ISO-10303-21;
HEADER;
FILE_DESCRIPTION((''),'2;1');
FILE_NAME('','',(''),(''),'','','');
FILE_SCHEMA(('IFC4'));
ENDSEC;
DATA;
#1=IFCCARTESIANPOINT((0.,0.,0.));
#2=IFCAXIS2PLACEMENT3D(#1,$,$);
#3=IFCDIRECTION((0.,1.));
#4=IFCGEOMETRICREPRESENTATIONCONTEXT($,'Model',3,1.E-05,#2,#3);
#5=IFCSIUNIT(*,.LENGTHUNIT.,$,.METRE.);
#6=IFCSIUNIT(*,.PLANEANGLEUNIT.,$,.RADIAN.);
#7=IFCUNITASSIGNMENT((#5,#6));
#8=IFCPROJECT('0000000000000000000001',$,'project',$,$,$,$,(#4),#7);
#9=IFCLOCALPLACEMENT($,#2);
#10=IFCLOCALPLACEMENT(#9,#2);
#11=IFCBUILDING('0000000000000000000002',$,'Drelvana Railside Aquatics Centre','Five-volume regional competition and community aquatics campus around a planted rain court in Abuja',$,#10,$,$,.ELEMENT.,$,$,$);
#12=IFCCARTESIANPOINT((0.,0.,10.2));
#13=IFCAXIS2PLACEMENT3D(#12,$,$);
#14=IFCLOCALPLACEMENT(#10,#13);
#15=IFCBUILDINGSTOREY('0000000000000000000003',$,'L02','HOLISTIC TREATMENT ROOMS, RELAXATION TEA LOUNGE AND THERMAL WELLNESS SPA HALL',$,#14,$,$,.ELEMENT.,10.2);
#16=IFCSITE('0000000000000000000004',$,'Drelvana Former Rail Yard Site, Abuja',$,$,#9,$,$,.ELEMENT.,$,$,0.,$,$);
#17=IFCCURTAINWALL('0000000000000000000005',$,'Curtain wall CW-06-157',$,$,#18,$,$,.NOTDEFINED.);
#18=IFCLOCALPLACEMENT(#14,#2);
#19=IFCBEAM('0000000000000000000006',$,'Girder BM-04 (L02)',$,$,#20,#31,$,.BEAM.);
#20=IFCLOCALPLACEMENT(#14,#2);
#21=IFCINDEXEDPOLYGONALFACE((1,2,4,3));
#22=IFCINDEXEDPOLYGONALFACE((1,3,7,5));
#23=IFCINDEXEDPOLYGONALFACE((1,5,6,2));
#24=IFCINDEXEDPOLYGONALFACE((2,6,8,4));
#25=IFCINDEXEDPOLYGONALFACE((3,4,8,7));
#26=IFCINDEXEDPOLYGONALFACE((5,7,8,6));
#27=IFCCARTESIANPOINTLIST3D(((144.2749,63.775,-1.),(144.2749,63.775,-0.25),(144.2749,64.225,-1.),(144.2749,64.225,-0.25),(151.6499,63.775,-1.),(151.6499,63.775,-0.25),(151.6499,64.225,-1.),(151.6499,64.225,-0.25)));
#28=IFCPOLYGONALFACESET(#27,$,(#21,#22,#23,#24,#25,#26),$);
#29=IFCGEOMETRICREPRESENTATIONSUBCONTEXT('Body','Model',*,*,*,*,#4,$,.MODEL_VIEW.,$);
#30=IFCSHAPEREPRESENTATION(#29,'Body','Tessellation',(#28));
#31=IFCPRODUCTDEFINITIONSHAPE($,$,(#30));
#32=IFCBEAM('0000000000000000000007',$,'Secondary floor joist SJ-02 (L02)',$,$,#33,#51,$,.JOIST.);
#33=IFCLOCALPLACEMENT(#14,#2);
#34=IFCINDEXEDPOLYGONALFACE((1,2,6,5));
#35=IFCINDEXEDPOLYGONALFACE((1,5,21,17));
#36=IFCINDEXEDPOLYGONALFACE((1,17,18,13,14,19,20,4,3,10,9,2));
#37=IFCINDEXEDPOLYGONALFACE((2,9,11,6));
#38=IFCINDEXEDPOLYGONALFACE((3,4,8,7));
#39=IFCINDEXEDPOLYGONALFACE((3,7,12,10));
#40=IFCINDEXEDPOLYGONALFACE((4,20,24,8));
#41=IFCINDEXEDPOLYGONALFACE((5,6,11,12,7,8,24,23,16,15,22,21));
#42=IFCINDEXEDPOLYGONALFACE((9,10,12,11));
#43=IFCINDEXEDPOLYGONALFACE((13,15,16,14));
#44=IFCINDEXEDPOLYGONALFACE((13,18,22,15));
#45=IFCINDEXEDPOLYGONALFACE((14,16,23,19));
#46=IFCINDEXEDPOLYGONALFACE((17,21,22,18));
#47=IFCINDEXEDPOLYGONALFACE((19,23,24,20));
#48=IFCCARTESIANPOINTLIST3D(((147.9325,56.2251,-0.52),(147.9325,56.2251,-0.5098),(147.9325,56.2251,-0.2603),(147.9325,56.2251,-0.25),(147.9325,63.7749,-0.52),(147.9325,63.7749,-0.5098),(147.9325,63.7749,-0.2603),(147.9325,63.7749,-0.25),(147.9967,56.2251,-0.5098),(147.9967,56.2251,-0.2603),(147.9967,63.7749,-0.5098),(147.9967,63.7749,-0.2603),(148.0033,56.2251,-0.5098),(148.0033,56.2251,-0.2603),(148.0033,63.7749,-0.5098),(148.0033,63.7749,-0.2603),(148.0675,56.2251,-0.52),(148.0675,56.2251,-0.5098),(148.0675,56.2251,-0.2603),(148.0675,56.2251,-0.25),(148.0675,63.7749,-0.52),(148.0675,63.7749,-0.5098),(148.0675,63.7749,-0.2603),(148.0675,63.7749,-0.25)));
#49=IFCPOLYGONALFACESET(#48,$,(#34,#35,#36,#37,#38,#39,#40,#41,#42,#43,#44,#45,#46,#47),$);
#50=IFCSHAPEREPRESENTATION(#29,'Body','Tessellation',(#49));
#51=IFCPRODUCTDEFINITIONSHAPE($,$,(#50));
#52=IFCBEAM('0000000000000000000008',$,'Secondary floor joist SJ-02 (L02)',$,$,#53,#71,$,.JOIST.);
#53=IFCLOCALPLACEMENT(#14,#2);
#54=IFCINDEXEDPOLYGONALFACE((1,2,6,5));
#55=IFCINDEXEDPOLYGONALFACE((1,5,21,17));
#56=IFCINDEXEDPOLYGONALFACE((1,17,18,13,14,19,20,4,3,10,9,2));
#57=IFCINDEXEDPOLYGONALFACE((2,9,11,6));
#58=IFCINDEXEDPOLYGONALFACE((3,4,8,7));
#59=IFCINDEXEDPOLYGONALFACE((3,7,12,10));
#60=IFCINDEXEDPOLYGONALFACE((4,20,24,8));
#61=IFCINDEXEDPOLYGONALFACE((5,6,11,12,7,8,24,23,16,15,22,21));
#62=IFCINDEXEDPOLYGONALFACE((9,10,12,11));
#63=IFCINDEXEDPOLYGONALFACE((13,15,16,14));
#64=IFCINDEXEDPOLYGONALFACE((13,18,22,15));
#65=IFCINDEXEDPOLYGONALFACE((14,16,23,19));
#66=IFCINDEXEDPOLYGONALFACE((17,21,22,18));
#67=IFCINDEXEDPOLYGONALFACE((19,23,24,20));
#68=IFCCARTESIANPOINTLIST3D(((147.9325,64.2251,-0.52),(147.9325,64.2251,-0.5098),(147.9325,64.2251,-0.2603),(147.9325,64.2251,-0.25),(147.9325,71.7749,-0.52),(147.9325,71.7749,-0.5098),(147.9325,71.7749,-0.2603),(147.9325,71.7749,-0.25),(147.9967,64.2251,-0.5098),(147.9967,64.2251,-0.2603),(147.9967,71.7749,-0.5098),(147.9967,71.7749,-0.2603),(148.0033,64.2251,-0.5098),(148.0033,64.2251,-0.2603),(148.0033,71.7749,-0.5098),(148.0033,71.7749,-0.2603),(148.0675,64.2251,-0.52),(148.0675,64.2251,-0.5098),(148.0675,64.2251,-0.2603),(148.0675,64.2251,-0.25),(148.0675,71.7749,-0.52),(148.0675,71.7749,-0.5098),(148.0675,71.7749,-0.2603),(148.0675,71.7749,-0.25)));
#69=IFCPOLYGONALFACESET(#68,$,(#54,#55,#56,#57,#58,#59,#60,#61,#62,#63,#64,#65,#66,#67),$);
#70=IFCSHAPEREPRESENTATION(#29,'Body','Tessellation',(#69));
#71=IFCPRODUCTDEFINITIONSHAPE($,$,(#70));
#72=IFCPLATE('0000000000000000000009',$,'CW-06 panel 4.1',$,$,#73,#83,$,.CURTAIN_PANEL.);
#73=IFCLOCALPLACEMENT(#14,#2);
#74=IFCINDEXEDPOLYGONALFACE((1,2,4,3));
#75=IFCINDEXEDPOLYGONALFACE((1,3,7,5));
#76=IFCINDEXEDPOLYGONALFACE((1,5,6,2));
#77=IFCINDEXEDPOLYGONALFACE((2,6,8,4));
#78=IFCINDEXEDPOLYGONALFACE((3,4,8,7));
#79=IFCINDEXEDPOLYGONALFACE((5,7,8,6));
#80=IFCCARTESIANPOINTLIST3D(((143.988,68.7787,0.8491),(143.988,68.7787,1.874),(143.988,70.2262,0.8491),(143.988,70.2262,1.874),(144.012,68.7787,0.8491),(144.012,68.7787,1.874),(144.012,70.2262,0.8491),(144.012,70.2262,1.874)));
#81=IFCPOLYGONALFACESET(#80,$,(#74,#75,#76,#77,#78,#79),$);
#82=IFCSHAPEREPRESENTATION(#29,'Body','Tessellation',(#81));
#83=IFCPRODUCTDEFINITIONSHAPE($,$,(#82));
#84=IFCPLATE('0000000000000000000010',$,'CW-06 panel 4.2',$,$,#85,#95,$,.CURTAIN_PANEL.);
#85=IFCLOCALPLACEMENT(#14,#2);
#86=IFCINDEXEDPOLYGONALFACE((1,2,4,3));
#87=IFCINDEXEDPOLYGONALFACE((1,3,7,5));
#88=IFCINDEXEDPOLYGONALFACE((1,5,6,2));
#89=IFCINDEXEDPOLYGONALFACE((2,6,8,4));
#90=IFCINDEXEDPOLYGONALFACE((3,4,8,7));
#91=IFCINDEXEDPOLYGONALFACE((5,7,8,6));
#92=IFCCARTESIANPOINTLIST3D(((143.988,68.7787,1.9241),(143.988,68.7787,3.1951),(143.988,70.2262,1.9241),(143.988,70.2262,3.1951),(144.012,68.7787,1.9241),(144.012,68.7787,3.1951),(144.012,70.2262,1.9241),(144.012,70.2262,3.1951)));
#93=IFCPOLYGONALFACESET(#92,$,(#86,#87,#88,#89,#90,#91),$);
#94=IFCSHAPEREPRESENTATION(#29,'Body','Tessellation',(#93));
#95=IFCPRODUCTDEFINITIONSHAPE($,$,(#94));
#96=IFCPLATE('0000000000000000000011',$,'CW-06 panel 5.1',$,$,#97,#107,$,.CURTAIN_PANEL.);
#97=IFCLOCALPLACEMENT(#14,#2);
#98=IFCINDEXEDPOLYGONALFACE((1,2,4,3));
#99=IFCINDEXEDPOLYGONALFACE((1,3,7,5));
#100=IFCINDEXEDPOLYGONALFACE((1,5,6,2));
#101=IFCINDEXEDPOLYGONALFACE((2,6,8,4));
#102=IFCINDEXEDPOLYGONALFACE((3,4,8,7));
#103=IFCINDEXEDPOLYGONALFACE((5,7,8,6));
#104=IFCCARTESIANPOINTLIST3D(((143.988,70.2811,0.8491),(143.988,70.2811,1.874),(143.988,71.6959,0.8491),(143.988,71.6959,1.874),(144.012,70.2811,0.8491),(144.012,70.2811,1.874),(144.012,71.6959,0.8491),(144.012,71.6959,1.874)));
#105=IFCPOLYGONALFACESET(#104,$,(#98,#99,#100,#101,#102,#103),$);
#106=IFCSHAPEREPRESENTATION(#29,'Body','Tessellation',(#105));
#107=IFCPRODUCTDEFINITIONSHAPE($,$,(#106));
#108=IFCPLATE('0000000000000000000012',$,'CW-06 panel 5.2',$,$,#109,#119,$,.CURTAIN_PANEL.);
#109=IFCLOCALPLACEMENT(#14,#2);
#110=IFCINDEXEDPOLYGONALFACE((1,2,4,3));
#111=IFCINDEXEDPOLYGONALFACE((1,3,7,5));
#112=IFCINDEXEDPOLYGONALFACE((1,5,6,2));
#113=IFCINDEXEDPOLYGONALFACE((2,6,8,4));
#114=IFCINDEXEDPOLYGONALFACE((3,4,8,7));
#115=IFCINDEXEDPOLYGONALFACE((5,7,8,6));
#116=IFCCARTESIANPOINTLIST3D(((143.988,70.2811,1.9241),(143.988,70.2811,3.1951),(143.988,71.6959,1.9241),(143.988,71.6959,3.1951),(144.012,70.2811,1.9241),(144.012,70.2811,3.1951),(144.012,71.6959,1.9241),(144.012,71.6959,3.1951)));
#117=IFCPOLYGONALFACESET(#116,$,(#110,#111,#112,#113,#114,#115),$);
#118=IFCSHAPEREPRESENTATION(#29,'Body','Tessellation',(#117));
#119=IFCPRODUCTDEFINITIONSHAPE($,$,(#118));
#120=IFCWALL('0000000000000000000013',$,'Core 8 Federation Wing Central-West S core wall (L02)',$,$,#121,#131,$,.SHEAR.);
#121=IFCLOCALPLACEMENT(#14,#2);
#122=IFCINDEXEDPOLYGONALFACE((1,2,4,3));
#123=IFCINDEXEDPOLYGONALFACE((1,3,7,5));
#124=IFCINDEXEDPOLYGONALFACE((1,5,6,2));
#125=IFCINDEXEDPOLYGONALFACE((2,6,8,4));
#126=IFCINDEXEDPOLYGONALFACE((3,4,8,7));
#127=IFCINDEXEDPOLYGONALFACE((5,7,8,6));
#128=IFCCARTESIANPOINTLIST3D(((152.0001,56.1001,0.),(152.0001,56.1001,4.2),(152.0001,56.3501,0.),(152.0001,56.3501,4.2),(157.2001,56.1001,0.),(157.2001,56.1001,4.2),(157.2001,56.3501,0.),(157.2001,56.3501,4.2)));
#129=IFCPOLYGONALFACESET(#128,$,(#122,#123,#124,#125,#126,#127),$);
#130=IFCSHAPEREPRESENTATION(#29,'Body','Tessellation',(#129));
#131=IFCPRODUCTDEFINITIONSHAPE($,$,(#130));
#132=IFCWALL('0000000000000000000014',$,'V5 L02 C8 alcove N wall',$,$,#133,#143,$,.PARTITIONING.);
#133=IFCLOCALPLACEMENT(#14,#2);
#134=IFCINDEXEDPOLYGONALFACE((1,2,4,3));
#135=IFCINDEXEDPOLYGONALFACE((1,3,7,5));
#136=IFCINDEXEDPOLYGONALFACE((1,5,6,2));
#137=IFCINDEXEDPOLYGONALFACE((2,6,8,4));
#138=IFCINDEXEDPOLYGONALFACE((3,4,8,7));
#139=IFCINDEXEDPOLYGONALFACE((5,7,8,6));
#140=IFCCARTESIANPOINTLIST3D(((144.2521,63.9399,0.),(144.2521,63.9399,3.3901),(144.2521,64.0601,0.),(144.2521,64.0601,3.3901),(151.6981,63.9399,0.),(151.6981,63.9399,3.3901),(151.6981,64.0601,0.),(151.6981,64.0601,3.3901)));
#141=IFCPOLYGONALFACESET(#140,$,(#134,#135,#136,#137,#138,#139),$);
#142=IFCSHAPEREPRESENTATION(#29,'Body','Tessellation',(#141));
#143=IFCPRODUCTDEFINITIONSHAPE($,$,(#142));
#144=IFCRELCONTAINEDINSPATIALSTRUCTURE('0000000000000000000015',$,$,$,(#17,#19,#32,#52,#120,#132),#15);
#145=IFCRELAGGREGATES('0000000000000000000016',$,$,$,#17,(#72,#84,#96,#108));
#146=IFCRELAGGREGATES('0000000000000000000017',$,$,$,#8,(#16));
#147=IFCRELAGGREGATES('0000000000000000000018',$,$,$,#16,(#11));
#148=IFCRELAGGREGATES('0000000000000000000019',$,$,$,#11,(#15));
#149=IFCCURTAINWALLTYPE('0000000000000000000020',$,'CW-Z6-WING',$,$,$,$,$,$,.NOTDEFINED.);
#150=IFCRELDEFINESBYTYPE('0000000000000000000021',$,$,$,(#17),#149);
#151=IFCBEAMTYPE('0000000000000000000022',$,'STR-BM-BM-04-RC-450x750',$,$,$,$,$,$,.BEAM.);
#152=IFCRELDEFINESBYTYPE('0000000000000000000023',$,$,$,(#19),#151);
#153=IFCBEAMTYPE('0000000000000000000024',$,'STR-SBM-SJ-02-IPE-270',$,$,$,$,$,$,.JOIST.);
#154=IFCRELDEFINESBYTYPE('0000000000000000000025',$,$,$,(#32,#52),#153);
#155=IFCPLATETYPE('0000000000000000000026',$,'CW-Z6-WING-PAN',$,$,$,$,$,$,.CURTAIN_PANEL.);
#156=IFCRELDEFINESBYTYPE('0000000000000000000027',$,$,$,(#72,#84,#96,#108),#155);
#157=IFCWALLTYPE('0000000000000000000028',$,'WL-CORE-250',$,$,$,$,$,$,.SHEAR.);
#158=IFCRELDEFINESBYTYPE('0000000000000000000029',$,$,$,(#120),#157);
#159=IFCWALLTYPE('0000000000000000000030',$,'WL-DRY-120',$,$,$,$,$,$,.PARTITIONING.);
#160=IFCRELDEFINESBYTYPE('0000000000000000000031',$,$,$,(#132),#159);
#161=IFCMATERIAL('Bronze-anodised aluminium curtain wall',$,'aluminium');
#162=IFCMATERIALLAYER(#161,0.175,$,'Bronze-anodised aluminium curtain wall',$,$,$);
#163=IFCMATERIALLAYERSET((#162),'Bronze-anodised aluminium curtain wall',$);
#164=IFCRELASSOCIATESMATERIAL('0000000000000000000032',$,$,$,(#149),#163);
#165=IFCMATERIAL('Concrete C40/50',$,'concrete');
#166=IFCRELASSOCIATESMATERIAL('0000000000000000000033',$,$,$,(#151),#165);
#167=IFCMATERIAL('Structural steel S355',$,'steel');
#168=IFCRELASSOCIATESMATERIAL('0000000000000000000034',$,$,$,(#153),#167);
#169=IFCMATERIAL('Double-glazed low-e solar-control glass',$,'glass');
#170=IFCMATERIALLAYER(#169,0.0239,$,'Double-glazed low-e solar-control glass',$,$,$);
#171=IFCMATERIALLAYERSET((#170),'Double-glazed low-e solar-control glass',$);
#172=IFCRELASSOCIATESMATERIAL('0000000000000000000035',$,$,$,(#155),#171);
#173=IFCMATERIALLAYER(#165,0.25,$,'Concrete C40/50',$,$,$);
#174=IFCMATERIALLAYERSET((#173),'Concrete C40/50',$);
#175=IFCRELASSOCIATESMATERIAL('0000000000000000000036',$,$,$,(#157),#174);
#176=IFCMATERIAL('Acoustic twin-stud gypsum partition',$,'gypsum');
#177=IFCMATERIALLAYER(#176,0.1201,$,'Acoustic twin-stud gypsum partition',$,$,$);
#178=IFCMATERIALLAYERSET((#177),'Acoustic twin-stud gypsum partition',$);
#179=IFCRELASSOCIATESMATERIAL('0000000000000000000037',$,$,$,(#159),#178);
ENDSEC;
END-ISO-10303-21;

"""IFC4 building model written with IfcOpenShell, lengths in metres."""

from ifc_helpers import new_model, si_unit, direction, frame, frame_2d, origin, origin_2d, place, context, subcontext, project, spatial, rectangle, i_section, extrude, material, layer, layer_set, material_profile, profile_set, type_object, element, aggregate, save


model = new_model("IFC4")

# Units and contexts
model_context = context("Model", 3, precision=1e-05, world=origin(), true_north=direction((0.0, 1.0)))
body_context = subcontext(model_context, "Body", "Model", "MODEL_VIEW")
ifc_project = project(units=[si_unit("LENGTHUNIT", "METRE"), si_unit("PLANEANGLEUNIT", "RADIAN")], contexts=[model_context])

# Site, building, storey
site_placement = place(None, origin())
site = spatial("IfcSite", under=ifc_project, at=site_placement, Name="Drelvana Former Rail Yard Site, Abuja", CompositionType="ELEMENT", RefElevation=0.0)
building_placement = place(site_placement, origin())
building = spatial("IfcBuilding", under=site, at=building_placement, Name="Drelvana Railside Aquatics Centre", Description="Five-volume regional competition and community aquatics campus around a planted rain court in Abuja", CompositionType="ELEMENT")
storey_placement = place(building_placement, frame((0.0, 0.0, 10.2)))
storey = spatial("IfcBuildingStorey", under=building, at=storey_placement, Name="L02", Description="HOLISTIC TREATMENT ROOMS, RELAXATION TEA LOUNGE AND THERMAL WELLNESS SPA HALL", CompositionType="ELEMENT", Elevation=10.2)

# Shared definitions
ifc_material_1 = material(Name="Concrete C40/50", Category="concrete")

# Curtain wall
ifc_material_2 = material(Name="Bronze-anodised aluminium curtain wall", Category="aluminium")
ifc_layer_1 = layer(ifc_material_2, 0.175, Name="Bronze-anodised aluminium curtain wall")
ifc_layer_set_1 = layer_set([ifc_layer_1], Name="Bronze-anodised aluminium curtain wall")
curtain_wall_type = type_object("IfcCurtainWallType", Name="CW-Z6-WING", PredefinedType="NOTDEFINED", material=ifc_layer_set_1)
curtain_wall_placement = place(storey_placement, origin())
curtain_wall = element("IfcCurtainWall", 1, at=curtain_wall_placement, inside=storey, type_object=curtain_wall_type, Name="Curtain wall CW-06-157", PredefinedType="NOTDEFINED")

# Beams
ifc_material_profile_1 = material_profile(ifc_material_1, rectangle(XDim=0.45, YDim=0.75, at=origin_2d()), Name="RC 450x750")
ifc_profile_set_1 = profile_set([ifc_material_profile_1], Name="Concrete C40/50")
beam_type_1 = type_object("IfcBeamType", Name="STR-BM-BM-04-RC-450x750", PredefinedType="BEAM", material=ifc_profile_set_1)
for number, where, z_axis, x_axis, name in (
    (2, (144.2749, 64.0, -0.625), (1.0, 0.0, 0.0), (0.0, 1.0, 0.0), "Girder BM-04 (L02)"),
):
    element("IfcBeam", number, at=place(storey_placement, frame(where, z_axis=z_axis, x_axis=x_axis)), inside=storey, type_object=beam_type_1, Name=name, PredefinedType="BEAM", context=body_context, shape_type="SweptSolid", body=[
        extrude(rectangle(XDim=0.45, YDim=0.75, at=origin_2d()), origin(), (0.0, 0.0, 1.0), 7.375),
    ])
ifc_material_3 = material(Name="Structural steel S355", Category="steel")
ifc_material_profile_2 = material_profile(ifc_material_3, i_section(OverallWidth=0.135, OverallDepth=0.27, WebThickness=0.0066, FlangeThickness=0.0103, at=origin_2d()), Name="IPE 270")
ifc_profile_set_2 = profile_set([ifc_material_profile_2], Name="Structural steel S355")
beam_type_2 = type_object("IfcBeamType", Name="STR-SBM-SJ-02-IPE-270", PredefinedType="JOIST", material=ifc_profile_set_2)
for number, where, z_axis, x_axis, name in (
    (3, (148.0, 56.2251, -0.385), (0.0, 1.0, 0.0), (-1.0, 0.0, 0.0), "Secondary floor joist SJ-02 (L02)"),
    (4, (148.0, 64.2251, -0.385), (0.0, 1.0, 0.0), (-1.0, 0.0, 0.0), "Secondary floor joist SJ-02 (L02)"),
):
    element("IfcBeam", number, at=place(storey_placement, frame(where, z_axis=z_axis, x_axis=x_axis)), inside=storey, type_object=beam_type_2, Name=name, PredefinedType="JOIST", context=body_context, shape_type="SweptSolid", body=[
        extrude(i_section(OverallWidth=0.135, OverallDepth=0.27, WebThickness=0.0066, FlangeThickness=0.0103, at=origin_2d()), origin(), (0.0, 0.0, 1.0), 7.5498),
    ])

# Plates
ifc_material_4 = material(Name="Double-glazed low-e solar-control glass", Category="glass")
ifc_layer_2 = layer(ifc_material_4, 0.0239, Name="Double-glazed low-e solar-control glass")
ifc_layer_set_2 = layer_set([ifc_layer_2], Name="Double-glazed low-e solar-control glass")
plate_type = type_object("IfcPlateType", Name="CW-Z6-WING-PAN", PredefinedType="CURTAIN_PANEL", material=ifc_layer_set_2)
plate_1_placement = place(storey_placement, frame((144.0, 69.5024, 0.8491), z_axis=(0.0, 0.0, 1.0), x_axis=(0.0, 1.0, 0.0)))
plate_1 = element("IfcPlate", 5, at=plate_1_placement, type_object=plate_type, Name="CW-06 panel 4.1", PredefinedType="CURTAIN_PANEL", context=body_context, shape_type="SweptSolid", body=[
    extrude(rectangle(XDim=1.4475, YDim=0.0239, at=origin_2d()), origin(), (0.0, 0.0, 1.0), 1.0249),
])
plate_2_placement = place(storey_placement, frame((144.0, 69.5024, 1.9241), z_axis=(0.0, 0.0, 1.0), x_axis=(0.0, 1.0, 0.0)))
plate_2 = element("IfcPlate", 6, at=plate_2_placement, type_object=plate_type, Name="CW-06 panel 4.2", PredefinedType="CURTAIN_PANEL", context=body_context, shape_type="SweptSolid", body=[
    extrude(rectangle(XDim=1.4475, YDim=0.0239, at=origin_2d()), origin(), (0.0, 0.0, 1.0), 1.271),
])
plate_3_placement = place(storey_placement, frame((144.0, 70.9885, 0.8491), z_axis=(0.0, 0.0, 1.0), x_axis=(0.0, 1.0, 0.0)))
plate_3 = element("IfcPlate", 7, at=plate_3_placement, type_object=plate_type, Name="CW-06 panel 5.1", PredefinedType="CURTAIN_PANEL", context=body_context, shape_type="SweptSolid", body=[
    extrude(rectangle(XDim=1.4148, YDim=0.0239, at=origin_2d()), origin(), (0.0, 0.0, 1.0), 1.0249),
])
plate_4_placement = place(storey_placement, frame((144.0, 70.9885, 1.9241), z_axis=(0.0, 0.0, 1.0), x_axis=(0.0, 1.0, 0.0)))
plate_4 = element("IfcPlate", 8, at=plate_4_placement, type_object=plate_type, Name="CW-06 panel 5.2", PredefinedType="CURTAIN_PANEL", context=body_context, shape_type="SweptSolid", body=[
    extrude(rectangle(XDim=1.4148, YDim=0.0239, at=origin_2d()), origin(), (0.0, 0.0, 1.0), 1.271),
])
aggregate(curtain_wall, [plate_1, plate_2, plate_3, plate_4])

# Walls
ifc_layer_3 = layer(ifc_material_1, 0.25, Name="Concrete C40/50")
ifc_layer_set_3 = layer_set([ifc_layer_3], Name="Concrete C40/50")
wall_type_1 = type_object("IfcWallType", Name="WL-CORE-250", PredefinedType="SHEAR", material=ifc_layer_set_3)
wall_1_placement = place(storey_placement, frame((152.0, 56.2251, 0.0), z_axis=(0.0, 0.0, 1.0), x_axis=(1.0, 0.0, 0.0)))
element("IfcWall", 9, at=wall_1_placement, inside=storey, type_object=wall_type_1, Name="Core 8 Federation Wing Central-West S core wall (L02)", PredefinedType="SHEAR", context=body_context, shape_type="SweptSolid", body=[
    extrude(rectangle(XDim=5.2, YDim=0.25, at=frame_2d((2.6001, 0.0))), origin(), (0.0, 0.0, 1.0), 4.2),
])
ifc_material_5 = material(Name="Acoustic twin-stud gypsum partition", Category="gypsum")
ifc_layer_4 = layer(ifc_material_5, 0.1201, Name="Acoustic twin-stud gypsum partition")
ifc_layer_set_4 = layer_set([ifc_layer_4], Name="Acoustic twin-stud gypsum partition")
wall_type_2 = type_object("IfcWallType", Name="WL-DRY-120", PredefinedType="PARTITIONING", material=ifc_layer_set_4)
wall_2_placement = place(storey_placement, frame((144.252, 64.0, 0.0), z_axis=(0.0, 0.0, 1.0), x_axis=(1.0, 0.0, 0.0)))
element("IfcWall", 10, at=wall_2_placement, inside=storey, type_object=wall_type_2, Name="V5 L02 C8 alcove N wall", PredefinedType="PARTITIONING", context=body_context, shape_type="SweptSolid", body=[
    extrude(rectangle(XDim=7.446, YDim=0.1201, at=frame_2d((3.7231, 0.0))), origin(), (0.0, 0.0, 1.0), 3.3901),
])

save(model, "model.ifc")
